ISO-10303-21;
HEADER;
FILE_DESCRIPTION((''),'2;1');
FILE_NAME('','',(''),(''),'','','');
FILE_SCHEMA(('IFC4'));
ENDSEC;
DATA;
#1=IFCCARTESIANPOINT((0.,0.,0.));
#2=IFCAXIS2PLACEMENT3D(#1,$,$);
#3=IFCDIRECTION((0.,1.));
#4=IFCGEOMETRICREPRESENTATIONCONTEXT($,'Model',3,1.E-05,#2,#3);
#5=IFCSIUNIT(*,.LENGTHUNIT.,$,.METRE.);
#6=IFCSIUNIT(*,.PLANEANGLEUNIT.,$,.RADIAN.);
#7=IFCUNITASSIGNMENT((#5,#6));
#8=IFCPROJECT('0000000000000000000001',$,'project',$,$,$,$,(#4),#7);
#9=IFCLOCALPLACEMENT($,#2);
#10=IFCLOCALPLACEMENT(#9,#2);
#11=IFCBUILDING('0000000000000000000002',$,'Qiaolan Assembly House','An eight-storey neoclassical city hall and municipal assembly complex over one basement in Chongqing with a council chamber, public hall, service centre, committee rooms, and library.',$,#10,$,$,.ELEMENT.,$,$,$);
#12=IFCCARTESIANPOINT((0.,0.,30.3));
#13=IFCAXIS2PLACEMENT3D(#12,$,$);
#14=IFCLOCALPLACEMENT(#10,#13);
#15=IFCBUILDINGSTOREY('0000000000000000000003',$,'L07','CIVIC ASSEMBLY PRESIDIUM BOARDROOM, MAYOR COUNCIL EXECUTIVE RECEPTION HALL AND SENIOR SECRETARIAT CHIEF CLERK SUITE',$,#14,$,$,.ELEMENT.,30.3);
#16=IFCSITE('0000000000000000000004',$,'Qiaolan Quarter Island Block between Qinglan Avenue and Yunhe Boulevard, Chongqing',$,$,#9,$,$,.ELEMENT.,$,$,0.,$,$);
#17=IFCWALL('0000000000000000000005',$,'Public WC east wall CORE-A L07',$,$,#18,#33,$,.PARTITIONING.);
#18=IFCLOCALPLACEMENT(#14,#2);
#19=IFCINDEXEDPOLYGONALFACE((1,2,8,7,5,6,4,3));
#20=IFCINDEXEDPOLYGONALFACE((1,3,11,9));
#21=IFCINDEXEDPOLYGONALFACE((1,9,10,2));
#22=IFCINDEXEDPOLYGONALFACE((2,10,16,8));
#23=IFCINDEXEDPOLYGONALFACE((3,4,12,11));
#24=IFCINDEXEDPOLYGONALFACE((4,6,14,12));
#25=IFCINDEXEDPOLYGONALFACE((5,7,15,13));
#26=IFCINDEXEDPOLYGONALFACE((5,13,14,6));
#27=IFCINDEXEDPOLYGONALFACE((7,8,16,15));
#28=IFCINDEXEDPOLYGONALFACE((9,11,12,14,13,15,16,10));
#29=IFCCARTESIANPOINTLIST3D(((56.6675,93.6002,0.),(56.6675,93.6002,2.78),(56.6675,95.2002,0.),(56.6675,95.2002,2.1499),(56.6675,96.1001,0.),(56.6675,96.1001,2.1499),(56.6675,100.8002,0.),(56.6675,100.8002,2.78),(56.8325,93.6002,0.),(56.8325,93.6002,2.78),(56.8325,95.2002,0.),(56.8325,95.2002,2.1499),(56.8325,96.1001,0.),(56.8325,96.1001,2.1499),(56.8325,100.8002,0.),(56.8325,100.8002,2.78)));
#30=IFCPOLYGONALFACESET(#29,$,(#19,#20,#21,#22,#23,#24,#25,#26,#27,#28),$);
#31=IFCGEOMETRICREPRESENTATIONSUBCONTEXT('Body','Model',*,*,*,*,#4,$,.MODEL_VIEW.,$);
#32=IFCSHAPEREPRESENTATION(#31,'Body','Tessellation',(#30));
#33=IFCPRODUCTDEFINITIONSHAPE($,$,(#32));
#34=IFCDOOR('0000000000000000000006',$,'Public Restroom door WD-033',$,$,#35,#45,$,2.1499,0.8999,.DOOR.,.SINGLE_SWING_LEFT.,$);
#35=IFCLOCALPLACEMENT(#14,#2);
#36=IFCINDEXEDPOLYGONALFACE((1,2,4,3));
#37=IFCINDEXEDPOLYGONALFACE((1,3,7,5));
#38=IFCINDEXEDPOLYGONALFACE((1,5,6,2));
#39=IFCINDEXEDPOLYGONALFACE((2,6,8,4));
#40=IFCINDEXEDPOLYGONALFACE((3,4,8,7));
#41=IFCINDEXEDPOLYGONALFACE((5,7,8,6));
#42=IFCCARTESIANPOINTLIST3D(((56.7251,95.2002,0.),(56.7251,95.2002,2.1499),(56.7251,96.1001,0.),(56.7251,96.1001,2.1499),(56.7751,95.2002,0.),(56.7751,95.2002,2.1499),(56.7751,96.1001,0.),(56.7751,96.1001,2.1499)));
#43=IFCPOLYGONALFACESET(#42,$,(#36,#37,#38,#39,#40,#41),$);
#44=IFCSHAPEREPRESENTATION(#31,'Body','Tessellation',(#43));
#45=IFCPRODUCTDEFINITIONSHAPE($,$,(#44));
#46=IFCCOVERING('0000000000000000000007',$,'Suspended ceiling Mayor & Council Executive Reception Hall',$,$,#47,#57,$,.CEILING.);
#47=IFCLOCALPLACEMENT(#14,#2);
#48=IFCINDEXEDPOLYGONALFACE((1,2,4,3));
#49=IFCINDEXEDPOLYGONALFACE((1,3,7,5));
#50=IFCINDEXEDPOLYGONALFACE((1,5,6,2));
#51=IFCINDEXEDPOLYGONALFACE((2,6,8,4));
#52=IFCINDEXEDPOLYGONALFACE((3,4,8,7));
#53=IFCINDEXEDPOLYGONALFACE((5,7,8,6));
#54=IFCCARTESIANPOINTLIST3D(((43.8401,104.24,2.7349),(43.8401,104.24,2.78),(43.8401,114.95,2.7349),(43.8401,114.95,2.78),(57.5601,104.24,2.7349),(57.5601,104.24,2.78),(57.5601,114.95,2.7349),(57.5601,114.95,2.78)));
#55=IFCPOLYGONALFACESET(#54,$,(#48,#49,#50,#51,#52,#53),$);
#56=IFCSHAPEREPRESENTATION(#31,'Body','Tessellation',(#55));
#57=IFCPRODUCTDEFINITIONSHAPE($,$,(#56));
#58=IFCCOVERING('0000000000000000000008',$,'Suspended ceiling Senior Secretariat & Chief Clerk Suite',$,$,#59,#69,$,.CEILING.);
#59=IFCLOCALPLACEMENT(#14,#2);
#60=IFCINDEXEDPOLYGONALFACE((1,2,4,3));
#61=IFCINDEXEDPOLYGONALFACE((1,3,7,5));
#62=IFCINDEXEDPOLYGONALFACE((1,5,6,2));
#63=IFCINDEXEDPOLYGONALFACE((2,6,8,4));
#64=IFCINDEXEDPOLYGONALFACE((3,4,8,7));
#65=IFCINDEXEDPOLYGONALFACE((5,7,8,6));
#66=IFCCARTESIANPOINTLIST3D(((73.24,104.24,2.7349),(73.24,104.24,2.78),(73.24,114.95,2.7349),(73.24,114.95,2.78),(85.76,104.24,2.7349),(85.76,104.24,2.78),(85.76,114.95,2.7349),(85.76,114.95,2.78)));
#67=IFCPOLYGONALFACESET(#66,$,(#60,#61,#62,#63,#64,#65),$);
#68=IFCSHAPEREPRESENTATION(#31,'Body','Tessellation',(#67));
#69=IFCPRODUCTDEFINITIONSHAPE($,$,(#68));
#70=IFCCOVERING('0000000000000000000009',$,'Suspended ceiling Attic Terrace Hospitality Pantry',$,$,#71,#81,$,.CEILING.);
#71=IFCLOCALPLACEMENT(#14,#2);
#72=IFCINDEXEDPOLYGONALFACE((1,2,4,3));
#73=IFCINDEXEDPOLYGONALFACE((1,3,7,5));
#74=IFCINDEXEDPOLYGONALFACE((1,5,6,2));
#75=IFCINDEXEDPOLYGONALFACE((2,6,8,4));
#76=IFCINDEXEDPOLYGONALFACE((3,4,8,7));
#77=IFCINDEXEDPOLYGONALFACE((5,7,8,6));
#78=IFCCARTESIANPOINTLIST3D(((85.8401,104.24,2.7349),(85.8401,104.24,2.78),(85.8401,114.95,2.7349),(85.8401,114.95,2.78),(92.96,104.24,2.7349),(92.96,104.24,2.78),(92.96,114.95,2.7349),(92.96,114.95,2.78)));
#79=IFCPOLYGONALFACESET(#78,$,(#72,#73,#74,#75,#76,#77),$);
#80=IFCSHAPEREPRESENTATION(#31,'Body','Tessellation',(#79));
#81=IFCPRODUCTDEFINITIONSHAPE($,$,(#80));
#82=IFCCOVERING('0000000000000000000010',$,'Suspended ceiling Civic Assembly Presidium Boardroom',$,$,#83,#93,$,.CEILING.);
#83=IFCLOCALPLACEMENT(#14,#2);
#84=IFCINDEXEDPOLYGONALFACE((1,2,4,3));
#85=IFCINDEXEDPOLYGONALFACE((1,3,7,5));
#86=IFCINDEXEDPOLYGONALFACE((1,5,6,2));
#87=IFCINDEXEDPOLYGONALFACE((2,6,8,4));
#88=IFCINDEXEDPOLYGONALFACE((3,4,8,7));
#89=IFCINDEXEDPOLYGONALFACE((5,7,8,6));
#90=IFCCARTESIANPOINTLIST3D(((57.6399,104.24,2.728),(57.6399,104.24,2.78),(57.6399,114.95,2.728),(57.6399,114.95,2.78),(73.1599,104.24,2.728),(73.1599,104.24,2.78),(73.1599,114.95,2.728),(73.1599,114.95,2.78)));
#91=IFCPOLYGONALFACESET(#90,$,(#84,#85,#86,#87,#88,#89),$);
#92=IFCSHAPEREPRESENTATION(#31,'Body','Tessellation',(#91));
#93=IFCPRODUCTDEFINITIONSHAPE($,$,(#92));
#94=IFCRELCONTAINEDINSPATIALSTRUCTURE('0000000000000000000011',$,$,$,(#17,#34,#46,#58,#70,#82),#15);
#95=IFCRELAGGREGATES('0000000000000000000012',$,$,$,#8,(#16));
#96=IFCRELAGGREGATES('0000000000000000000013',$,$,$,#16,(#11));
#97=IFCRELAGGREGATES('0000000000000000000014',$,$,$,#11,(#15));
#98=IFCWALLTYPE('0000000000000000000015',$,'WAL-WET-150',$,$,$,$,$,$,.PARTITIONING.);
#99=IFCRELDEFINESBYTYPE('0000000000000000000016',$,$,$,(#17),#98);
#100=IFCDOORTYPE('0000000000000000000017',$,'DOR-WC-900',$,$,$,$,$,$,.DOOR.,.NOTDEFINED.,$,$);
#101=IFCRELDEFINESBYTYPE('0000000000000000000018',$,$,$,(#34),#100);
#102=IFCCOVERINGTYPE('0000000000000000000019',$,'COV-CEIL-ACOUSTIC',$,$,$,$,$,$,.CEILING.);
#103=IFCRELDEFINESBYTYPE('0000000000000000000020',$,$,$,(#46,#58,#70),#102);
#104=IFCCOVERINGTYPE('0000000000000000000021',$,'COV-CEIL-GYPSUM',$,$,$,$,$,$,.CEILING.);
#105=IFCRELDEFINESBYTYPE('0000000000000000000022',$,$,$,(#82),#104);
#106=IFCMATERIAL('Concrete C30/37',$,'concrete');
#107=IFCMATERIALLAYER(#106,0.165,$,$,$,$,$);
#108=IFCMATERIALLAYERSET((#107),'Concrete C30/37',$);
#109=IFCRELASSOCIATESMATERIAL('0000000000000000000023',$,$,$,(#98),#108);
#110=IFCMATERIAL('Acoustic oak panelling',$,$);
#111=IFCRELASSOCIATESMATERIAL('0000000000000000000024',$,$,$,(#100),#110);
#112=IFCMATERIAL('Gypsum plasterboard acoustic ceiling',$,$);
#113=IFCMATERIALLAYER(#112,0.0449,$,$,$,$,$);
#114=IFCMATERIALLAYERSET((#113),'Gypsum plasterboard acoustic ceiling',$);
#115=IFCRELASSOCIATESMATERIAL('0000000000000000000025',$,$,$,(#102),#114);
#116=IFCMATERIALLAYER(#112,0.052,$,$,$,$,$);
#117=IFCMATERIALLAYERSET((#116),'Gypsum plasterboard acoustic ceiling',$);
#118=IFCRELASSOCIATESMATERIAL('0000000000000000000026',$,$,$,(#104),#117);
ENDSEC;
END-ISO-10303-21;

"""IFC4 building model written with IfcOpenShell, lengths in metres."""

from ifc_helpers import new_model, si_unit, direction, frame, frame_2d, origin, place, context, subcontext, project, spatial, polyline, rectangle, outline, extrude, material, layer, layer_set, type_object, element, fill, save


model = new_model("IFC4")

# Units and contexts
model_context = context("Model", 3, precision=1e-05, world=origin(), true_north=direction((0.0, 1.0)))
body_context = subcontext(model_context, "Body", "Model", "MODEL_VIEW")
ifc_project = project(units=[si_unit("LENGTHUNIT", "METRE"), si_unit("PLANEANGLEUNIT", "RADIAN")], contexts=[model_context])

# Site, building, storey
site_placement = place(None, origin())
site = spatial("IfcSite", under=ifc_project, at=site_placement, Name="Qiaolan Quarter Island Block between Qinglan Avenue and Yunhe Boulevard, Chongqing", CompositionType="ELEMENT", RefElevation=0.0)
building_placement = place(site_placement, origin())
building = spatial("IfcBuilding", under=site, at=building_placement, Name="Qiaolan Assembly House", Description="An eight-storey neoclassical city hall and municipal assembly complex over one basement in Chongqing with a council chamber, public hall, service centre, committee rooms, and library.", CompositionType="ELEMENT")
storey_placement = place(building_placement, frame((0.0, 0.0, 30.3)))
storey = spatial("IfcBuildingStorey", under=building, at=storey_placement, Name="L07", Description="CIVIC ASSEMBLY PRESIDIUM BOARDROOM, MAYOR COUNCIL EXECUTIVE RECEPTION HALL AND SENIOR SECRETARIAT CHIEF CLERK SUITE", CompositionType="ELEMENT", Elevation=30.3)

# Wall, opening, door
ifc_material_1 = material(Name="Concrete C30/37", Category="concrete")
ifc_layer_1 = layer(ifc_material_1, 0.165)
ifc_layer_set_1 = layer_set([ifc_layer_1], Name="Concrete C30/37")
wall_type_1 = type_object("IfcWallType", Name="WAL-WET-150", PredefinedType="PARTITIONING", material=ifc_layer_set_1)
wall_1_placement = place(storey_placement, frame((56.75, 93.6001, 0.0), z_axis=(0.0, 0.0, 1.0), x_axis=(0.0, 1.0, 0.0)))
wall_1 = element("IfcWall", 1, at=wall_1_placement, inside=storey, type_object=wall_type_1, Name="Public WC east wall CORE-A L07", PredefinedType="PARTITIONING", context=body_context, shape_type="SweptSolid", body=[
    extrude(rectangle(XDim=7.2, YDim=0.165, at=frame_2d((3.6001, 0.0))), origin(), (0.0, 0.0, 1.0), 2.78),
])
opening_placement = place(wall_1_placement, frame((1.6001, 0.0, 0.0)))
opening = element("IfcOpeningElement", 2, at=opening_placement, cuts=wall_1, PredefinedType="OPENING", context=body_context, shape_type="SweptSolid", body=[
    extrude(rectangle(XDim=0.8999, YDim=2.1499, at=frame_2d((0.45, 1.075))), frame((0.0, 0.0925, 0.0), z_axis=(0.0, -1.0, 0.0), x_axis=(1.0, 0.0, 0.0)), (0.0, 0.0, 1.0), 0.1851),
])
ifc_material_2 = material(Name="Acoustic oak panelling")
door_type = type_object("IfcDoorType", Name="DOR-WC-900", OperationType="NOTDEFINED", PredefinedType="DOOR", material=ifc_material_2)
door_placement = place(opening_placement, origin())
door = element("IfcDoor", 3, at=door_placement, inside=storey, type_object=door_type, Name="Public Restroom door WD-033", OperationType="SINGLE_SWING_LEFT", OverallHeight=2.1499, OverallWidth=0.8999, PredefinedType="DOOR", context=body_context, shape_type="SweptSolid", body=[
    extrude(rectangle(XDim=0.8999, YDim=2.1499, at=frame_2d((0.45, 1.075))), frame((0.0, 0.0249, 0.0), z_axis=(0.0, -1.0, 0.0), x_axis=(1.0, 0.0, 0.0)), (0.0, 0.0, 1.0), 0.05),
])
fill(opening, door)

# Coverings
ifc_material_3 = material(Name="Gypsum plasterboard acoustic ceiling")
ifc_layer_2 = layer(ifc_material_3, 0.0449)
ifc_layer_set_2 = layer_set([ifc_layer_2], Name="Gypsum plasterboard acoustic ceiling")
covering_type_1 = type_object("IfcCoveringType", Name="COV-CEIL-ACOUSTIC", PredefinedType="CEILING", material=ifc_layer_set_2)
covering_1_placement = place(storey_placement, frame((0.0, 0.0, 2.7349)))
element("IfcCovering", 4, at=covering_1_placement, inside=storey, type_object=covering_type_1, Name="Suspended ceiling Mayor & Council Executive Reception Hall", PredefinedType="CEILING", context=body_context, shape_type="SweptSolid", body=[
    extrude(outline(polyline([(43.8401, 104.24), (57.5601, 104.24), (57.5601, 114.95), (43.8401, 114.95), (43.8401, 104.24)])), origin(), (0.0, 0.0, 1.0), 0.0452),
])
covering_2_placement = place(storey_placement, frame((0.0, 0.0, 2.7349)))
element("IfcCovering", 5, at=covering_2_placement, inside=storey, type_object=covering_type_1, Name="Suspended ceiling Senior Secretariat & Chief Clerk Suite", PredefinedType="CEILING", context=body_context, shape_type="SweptSolid", body=[
    extrude(outline(polyline([(73.24, 104.24), (85.76, 104.24), (85.76, 114.95), (73.24, 114.95), (73.24, 104.24)])), origin(), (0.0, 0.0, 1.0), 0.0452),
])
covering_3_placement = place(storey_placement, frame((0.0, 0.0, 2.7349)))
element("IfcCovering", 6, at=covering_3_placement, inside=storey, type_object=covering_type_1, Name="Suspended ceiling Attic Terrace Hospitality Pantry", PredefinedType="CEILING", context=body_context, shape_type="SweptSolid", body=[
    extrude(outline(polyline([(85.8401, 104.24), (92.96, 104.24), (92.96, 114.95), (85.8401, 114.95), (85.8401, 104.24)])), origin(), (0.0, 0.0, 1.0), 0.0452),
])
ifc_layer_3 = layer(ifc_material_3, 0.052)
ifc_layer_set_3 = layer_set([ifc_layer_3], Name="Gypsum plasterboard acoustic ceiling")
covering_type_2 = type_object("IfcCoveringType", Name="COV-CEIL-GYPSUM", PredefinedType="CEILING", material=ifc_layer_set_3)
covering_4_placement = place(storey_placement, frame((0.0, 0.0, 2.728)))
element("IfcCovering", 7, at=covering_4_placement, inside=storey, type_object=covering_type_2, Name="Suspended ceiling Civic Assembly Presidium Boardroom", PredefinedType="CEILING", context=body_context, shape_type="SweptSolid", body=[
    extrude(outline(polyline([(57.6399, 104.24), (73.1599, 104.24), (73.1599, 114.95), (57.6399, 114.95), (57.6399, 104.24)])), origin(), (0.0, 0.0, 1.0), 0.052),
])

save(model, "model.ifc")
